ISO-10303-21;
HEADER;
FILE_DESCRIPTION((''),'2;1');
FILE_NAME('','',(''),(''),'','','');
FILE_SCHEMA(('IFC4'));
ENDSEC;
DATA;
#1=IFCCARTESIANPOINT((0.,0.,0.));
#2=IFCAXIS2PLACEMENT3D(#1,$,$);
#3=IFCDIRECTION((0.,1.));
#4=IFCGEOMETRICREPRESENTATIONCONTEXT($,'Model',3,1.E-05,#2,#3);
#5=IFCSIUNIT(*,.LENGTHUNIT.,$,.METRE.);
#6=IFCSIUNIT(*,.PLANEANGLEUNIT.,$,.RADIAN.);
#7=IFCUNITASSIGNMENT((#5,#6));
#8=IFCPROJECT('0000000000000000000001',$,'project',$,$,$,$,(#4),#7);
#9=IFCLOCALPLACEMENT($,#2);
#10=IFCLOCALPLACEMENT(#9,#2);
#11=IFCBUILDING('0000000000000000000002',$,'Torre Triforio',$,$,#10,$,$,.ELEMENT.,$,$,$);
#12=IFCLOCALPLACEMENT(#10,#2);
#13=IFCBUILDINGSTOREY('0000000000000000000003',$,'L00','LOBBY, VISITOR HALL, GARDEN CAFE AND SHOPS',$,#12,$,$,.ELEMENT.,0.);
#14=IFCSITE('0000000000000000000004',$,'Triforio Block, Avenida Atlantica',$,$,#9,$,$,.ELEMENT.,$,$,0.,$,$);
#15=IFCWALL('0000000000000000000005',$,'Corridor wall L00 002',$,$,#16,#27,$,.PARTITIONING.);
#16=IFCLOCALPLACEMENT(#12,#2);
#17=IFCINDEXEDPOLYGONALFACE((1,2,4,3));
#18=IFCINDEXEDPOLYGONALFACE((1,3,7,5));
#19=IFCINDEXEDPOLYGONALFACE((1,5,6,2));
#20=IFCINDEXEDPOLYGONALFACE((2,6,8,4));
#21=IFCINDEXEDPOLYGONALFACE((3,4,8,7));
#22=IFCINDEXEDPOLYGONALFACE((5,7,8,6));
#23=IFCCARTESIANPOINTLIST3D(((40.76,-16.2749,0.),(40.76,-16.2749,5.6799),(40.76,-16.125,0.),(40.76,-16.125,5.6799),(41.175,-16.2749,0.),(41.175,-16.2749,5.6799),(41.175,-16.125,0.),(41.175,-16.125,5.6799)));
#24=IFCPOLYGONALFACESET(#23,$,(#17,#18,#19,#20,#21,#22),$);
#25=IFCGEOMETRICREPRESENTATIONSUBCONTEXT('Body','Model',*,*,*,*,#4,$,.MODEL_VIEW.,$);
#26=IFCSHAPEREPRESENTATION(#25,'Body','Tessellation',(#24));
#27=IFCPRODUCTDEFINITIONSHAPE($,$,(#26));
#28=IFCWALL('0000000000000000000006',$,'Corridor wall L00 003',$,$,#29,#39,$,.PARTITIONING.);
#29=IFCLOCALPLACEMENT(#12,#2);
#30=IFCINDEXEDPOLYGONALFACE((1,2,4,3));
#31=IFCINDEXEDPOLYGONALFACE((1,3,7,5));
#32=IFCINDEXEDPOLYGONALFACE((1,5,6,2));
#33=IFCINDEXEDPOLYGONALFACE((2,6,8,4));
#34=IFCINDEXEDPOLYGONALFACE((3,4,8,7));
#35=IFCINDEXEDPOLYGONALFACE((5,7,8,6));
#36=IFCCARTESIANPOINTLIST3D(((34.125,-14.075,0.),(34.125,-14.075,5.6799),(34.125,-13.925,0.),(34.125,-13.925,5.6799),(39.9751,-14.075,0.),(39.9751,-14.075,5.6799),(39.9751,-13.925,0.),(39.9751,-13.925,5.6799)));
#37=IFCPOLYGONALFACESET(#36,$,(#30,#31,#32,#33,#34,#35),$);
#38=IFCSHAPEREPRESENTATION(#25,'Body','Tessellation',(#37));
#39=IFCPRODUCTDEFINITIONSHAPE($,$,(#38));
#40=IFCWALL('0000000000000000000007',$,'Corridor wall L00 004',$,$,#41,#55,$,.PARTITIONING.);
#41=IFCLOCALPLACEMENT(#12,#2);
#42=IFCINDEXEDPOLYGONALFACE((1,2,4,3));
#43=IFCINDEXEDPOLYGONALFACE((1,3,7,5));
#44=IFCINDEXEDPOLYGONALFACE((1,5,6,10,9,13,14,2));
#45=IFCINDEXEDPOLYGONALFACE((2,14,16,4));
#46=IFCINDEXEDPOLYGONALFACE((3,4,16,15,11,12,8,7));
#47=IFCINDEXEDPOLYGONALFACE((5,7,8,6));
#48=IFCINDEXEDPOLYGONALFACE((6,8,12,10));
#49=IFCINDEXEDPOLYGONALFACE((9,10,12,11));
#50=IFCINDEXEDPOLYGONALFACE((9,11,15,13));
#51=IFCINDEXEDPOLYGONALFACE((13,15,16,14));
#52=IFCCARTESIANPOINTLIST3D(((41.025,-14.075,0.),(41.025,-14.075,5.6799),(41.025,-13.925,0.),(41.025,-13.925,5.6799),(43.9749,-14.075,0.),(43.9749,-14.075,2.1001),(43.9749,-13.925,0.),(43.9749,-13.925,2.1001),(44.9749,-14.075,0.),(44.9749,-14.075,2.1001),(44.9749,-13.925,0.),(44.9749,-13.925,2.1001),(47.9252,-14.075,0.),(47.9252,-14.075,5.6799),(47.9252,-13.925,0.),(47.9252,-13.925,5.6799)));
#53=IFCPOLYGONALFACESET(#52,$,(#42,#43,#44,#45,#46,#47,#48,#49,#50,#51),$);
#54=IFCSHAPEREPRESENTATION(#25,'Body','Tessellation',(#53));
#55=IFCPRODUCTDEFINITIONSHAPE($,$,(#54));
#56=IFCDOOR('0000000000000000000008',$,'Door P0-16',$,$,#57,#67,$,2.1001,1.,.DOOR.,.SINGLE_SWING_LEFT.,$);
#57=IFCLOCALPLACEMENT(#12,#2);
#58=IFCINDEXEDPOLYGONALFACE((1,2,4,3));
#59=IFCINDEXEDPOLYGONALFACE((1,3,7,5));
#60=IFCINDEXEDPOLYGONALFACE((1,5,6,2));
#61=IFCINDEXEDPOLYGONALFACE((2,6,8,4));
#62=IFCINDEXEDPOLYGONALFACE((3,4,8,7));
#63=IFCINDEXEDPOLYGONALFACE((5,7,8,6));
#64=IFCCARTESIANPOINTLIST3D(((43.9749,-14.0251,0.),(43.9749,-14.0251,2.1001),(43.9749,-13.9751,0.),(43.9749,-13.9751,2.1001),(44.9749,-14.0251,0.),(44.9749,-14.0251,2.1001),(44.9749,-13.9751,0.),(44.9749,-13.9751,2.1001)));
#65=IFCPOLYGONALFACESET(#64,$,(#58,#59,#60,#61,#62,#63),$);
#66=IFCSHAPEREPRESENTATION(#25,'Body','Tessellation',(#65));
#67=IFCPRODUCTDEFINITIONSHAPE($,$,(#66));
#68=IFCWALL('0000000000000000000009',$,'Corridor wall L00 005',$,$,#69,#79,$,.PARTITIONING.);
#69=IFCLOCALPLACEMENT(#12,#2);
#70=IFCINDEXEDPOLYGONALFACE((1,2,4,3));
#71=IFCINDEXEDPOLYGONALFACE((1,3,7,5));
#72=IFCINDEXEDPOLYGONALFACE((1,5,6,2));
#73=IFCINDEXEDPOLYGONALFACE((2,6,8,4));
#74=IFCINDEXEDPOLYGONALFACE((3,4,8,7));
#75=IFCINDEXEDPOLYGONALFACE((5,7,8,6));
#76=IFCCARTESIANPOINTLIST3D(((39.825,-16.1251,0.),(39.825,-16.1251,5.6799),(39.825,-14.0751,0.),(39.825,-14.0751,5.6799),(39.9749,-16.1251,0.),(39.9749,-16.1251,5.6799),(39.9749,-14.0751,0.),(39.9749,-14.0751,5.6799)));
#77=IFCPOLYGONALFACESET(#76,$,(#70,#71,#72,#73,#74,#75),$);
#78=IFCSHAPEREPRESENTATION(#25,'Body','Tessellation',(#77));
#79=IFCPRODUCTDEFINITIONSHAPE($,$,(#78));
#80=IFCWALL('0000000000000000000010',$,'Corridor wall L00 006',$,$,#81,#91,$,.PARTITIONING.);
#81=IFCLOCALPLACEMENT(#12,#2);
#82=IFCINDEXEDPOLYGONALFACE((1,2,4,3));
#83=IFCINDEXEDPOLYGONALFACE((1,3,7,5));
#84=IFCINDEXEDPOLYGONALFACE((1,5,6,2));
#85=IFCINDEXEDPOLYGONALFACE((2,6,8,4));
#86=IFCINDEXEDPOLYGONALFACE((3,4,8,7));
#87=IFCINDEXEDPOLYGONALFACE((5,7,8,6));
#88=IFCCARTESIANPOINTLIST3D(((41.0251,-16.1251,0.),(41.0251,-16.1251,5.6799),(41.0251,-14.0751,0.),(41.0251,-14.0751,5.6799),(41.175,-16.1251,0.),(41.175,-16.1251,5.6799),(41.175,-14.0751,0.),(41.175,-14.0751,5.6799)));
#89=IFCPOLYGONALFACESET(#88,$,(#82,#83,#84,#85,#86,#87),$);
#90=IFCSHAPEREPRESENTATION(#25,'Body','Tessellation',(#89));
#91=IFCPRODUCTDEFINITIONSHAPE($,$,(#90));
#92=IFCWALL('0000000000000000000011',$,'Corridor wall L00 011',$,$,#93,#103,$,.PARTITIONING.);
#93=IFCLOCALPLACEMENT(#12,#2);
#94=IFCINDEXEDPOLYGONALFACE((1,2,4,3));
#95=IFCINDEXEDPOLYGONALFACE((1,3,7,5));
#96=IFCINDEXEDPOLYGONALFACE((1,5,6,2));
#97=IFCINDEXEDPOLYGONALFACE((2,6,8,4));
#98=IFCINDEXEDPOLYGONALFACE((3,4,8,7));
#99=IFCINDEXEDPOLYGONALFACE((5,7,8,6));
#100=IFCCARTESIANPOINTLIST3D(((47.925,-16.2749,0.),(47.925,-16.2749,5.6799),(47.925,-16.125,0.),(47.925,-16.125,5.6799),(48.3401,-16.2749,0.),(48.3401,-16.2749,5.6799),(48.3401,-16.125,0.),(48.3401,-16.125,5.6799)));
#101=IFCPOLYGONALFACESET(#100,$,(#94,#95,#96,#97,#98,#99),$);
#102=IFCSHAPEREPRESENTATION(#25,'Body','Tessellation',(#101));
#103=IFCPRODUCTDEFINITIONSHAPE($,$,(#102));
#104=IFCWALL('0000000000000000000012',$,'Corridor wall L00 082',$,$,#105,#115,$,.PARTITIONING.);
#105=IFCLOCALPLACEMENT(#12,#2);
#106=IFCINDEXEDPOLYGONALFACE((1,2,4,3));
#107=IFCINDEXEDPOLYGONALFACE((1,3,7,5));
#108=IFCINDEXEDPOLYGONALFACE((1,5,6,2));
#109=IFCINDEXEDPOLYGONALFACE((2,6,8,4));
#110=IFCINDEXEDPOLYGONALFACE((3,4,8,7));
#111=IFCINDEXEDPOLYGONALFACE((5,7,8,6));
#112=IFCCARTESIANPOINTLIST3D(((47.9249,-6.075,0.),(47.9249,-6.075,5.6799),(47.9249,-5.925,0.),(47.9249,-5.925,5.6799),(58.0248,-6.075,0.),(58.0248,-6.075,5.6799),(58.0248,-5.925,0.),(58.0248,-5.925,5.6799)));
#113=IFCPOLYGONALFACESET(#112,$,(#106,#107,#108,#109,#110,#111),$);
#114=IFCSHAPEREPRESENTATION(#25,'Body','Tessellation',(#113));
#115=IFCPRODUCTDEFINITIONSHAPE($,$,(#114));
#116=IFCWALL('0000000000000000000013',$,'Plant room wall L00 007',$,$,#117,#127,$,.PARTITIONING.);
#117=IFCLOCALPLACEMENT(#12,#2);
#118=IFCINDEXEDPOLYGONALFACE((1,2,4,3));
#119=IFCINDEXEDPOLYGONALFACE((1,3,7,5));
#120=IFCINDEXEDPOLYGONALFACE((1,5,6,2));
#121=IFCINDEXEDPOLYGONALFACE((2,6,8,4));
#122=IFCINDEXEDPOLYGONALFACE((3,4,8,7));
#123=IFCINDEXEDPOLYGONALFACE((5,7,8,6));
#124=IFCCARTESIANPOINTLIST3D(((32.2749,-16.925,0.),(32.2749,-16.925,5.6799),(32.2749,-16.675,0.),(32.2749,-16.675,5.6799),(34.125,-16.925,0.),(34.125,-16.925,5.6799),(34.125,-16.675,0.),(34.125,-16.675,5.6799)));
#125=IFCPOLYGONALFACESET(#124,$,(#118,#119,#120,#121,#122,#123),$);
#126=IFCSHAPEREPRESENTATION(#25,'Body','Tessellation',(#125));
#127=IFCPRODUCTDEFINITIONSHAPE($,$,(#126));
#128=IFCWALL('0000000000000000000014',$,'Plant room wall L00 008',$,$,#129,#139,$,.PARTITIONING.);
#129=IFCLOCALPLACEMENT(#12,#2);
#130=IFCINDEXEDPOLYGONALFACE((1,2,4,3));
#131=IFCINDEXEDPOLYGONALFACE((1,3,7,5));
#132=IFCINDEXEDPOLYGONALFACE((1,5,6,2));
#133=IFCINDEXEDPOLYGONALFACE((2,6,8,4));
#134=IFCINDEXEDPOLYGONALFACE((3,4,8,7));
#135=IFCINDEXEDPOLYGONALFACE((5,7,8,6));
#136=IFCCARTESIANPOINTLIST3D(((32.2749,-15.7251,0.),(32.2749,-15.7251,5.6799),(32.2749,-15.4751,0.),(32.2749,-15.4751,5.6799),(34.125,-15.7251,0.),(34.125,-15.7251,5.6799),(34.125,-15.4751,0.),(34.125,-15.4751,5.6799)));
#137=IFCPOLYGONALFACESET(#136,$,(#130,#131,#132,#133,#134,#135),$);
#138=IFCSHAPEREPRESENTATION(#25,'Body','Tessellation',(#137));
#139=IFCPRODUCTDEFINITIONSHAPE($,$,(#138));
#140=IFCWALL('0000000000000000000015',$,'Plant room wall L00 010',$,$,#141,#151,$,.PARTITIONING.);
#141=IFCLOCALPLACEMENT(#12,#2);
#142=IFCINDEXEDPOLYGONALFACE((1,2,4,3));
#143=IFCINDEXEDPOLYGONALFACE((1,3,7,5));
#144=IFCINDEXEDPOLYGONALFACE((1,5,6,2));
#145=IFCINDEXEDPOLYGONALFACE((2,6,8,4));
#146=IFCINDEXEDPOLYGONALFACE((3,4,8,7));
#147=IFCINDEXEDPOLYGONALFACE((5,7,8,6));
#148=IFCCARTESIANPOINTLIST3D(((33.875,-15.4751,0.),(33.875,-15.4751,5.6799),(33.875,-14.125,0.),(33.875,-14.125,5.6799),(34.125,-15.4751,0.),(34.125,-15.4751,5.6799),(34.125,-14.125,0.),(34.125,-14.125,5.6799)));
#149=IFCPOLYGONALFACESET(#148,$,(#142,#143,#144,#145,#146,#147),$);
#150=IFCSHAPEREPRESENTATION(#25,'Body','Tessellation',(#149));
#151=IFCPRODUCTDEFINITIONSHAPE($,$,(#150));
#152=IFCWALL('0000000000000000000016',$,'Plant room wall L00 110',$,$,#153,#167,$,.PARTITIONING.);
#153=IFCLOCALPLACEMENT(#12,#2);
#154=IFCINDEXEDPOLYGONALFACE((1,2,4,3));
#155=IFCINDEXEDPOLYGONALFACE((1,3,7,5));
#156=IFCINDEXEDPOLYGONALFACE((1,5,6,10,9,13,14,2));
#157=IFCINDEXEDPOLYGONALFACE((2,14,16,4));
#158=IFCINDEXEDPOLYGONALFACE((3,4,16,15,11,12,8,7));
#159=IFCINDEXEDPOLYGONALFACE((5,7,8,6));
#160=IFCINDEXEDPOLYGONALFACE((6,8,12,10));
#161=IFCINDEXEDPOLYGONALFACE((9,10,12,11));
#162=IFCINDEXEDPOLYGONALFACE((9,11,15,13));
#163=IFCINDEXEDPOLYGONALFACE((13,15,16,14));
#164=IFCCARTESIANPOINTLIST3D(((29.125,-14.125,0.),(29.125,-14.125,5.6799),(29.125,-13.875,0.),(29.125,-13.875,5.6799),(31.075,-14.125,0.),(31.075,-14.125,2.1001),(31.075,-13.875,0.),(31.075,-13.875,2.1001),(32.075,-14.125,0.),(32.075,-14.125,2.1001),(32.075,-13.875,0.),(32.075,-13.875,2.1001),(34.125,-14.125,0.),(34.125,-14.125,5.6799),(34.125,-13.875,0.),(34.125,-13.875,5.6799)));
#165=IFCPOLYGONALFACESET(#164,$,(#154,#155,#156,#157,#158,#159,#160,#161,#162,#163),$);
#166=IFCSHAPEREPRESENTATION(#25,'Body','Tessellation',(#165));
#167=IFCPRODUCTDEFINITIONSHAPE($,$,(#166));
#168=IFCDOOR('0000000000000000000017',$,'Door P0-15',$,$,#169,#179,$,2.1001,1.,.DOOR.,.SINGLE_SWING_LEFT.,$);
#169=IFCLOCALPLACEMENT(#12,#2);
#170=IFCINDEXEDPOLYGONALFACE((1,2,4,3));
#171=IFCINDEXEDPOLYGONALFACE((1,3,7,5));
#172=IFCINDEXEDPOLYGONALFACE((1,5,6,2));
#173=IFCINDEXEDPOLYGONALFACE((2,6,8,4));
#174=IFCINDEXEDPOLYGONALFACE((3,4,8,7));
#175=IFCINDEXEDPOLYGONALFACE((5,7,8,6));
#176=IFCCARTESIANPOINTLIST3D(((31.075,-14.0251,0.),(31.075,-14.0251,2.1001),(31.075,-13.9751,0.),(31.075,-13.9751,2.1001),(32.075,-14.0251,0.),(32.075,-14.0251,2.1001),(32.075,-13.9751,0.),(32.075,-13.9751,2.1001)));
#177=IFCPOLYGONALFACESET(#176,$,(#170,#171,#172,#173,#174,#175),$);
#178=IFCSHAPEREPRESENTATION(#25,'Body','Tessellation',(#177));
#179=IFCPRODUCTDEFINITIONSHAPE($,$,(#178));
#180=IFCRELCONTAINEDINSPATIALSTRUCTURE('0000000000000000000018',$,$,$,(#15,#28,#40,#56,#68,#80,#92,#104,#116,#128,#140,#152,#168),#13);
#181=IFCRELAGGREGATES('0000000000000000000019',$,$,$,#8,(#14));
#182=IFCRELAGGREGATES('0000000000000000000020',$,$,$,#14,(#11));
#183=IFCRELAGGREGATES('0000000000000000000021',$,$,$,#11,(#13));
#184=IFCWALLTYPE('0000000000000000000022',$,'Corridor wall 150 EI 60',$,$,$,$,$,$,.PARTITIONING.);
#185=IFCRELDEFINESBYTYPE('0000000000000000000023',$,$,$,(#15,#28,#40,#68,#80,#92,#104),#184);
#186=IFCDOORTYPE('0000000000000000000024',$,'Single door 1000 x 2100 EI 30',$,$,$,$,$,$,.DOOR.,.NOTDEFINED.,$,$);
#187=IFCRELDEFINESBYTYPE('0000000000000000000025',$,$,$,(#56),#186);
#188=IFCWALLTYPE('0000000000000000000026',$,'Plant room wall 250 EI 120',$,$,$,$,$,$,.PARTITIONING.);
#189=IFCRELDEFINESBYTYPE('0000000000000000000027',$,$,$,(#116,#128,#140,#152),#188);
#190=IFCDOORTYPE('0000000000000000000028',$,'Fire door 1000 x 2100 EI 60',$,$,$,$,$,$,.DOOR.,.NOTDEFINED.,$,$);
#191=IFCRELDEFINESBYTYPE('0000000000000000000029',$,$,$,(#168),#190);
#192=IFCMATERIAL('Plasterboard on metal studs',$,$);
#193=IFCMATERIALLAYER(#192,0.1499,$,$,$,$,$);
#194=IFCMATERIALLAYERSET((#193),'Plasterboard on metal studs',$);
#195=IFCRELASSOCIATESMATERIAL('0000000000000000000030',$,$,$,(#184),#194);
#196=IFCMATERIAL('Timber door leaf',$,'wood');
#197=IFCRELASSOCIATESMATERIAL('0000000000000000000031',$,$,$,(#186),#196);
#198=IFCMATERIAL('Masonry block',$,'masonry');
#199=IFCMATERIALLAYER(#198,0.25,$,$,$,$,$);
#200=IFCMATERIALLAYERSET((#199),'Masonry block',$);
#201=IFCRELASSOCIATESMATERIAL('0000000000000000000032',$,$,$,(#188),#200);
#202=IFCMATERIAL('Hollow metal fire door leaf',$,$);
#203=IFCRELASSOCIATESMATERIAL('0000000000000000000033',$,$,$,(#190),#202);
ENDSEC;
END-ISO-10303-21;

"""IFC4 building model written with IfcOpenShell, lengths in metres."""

from ifc_helpers import new_model, si_unit, direction, frame, frame_2d, origin, place, context, subcontext, project, spatial, rectangle, extrude, material, layer, layer_set, type_object, element, fill, save


model = new_model("IFC4")

# Units and contexts
model_context = context("Model", 3, precision=1e-05, world=origin(), true_north=direction((0.0, 1.0)))
body_context = subcontext(model_context, "Body", "Model", "MODEL_VIEW")
ifc_project = project(units=[si_unit("LENGTHUNIT", "METRE"), si_unit("PLANEANGLEUNIT", "RADIAN")], contexts=[model_context])

# Site, building, storey
site_placement = place(None, origin())
site = spatial("IfcSite", under=ifc_project, at=site_placement, Name="Triforio Block, Avenida Atlantica", CompositionType="ELEMENT", RefElevation=0.0)
building_placement = place(site_placement, origin())
building = spatial("IfcBuilding", under=site, at=building_placement, Name="Torre Triforio", CompositionType="ELEMENT")
storey_placement = place(building_placement, origin())
storey = spatial("IfcBuildingStorey", under=building, at=storey_placement, Name="L00", Description="LOBBY, VISITOR HALL, GARDEN CAFE AND SHOPS", CompositionType="ELEMENT", Elevation=0.0)

# Walls
ifc_material_1 = material(Name="Plasterboard on metal studs")
ifc_layer_1 = layer(ifc_material_1, 0.1499)
ifc_layer_set_1 = layer_set([ifc_layer_1], Name="Plasterboard on metal studs")
wall_type_1 = type_object("IfcWallType", Name="Corridor wall 150 EI 60", PredefinedType="PARTITIONING", material=ifc_layer_set_1)
for number, where, z_axis, x_axis, name in (
    (1, (40.76, -16.2, 0.0), (0.0, 0.0, 1.0), (1.0, 0.0, 0.0), "Corridor wall L00 002"),
):
    element("IfcWall", number, at=place(storey_placement, frame(where, z_axis=z_axis, x_axis=x_axis)), inside=storey, type_object=wall_type_1, Name=name, PredefinedType="PARTITIONING", context=body_context, shape_type="SweptSolid", body=[
        extrude(rectangle(XDim=0.415, YDim=0.1499, at=frame_2d((0.2075, 0.0))), origin(), (0.0, 0.0, 1.0), 5.6799),
    ])
wall_1_placement = place(storey_placement, frame((34.125, -14.0, 0.0), z_axis=(0.0, 0.0, 1.0), x_axis=(1.0, 0.0, 0.0)))
element("IfcWall", 2, at=wall_1_placement, inside=storey, type_object=wall_type_1, Name="Corridor wall L00 003", PredefinedType="PARTITIONING", context=body_context, shape_type="SweptSolid", body=[
    extrude(rectangle(XDim=5.8501, YDim=0.1499, at=frame_2d((2.925, 0.0))), origin(), (0.0, 0.0, 1.0), 5.6799),
])

# Wall, opening, door
wall_2_placement = place(storey_placement, frame((41.0249, -14.0, 0.0), z_axis=(0.0, 0.0, 1.0), x_axis=(1.0, 0.0, 0.0)))
wall_2 = element("IfcWall", 3, at=wall_2_placement, inside=storey, type_object=wall_type_1, Name="Corridor wall L00 004", PredefinedType="PARTITIONING", context=body_context, shape_type="SweptSolid", body=[
    extrude(rectangle(XDim=6.9001, YDim=0.1499, at=frame_2d((3.4502, 0.0))), origin(), (0.0, 0.0, 1.0), 5.6799),
])
opening_1_placement = place(wall_2_placement, frame((2.95, 0.0, 0.0)))
opening_1 = element("IfcOpeningElement", 4, at=opening_1_placement, cuts=wall_2, PredefinedType="OPENING", context=body_context, shape_type="SweptSolid", body=[
    extrude(rectangle(XDim=1.0, YDim=2.1001, at=frame_2d((0.5, 1.05))), frame((0.0, 0.085, 0.0), z_axis=(0.0, -1.0, 0.0), x_axis=(1.0, 0.0, 0.0)), (0.0, 0.0, 1.0), 0.1699),
])
ifc_material_2 = material(Name="Timber door leaf", Category="wood")
door_type_1 = type_object("IfcDoorType", Name="Single door 1000 x 2100 EI 30", OperationType="NOTDEFINED", PredefinedType="DOOR", material=ifc_material_2)
door_1_placement = place(opening_1_placement, origin())
door_1 = element("IfcDoor", 5, at=door_1_placement, inside=storey, type_object=door_type_1, Name="Door P0-16", OperationType="SINGLE_SWING_LEFT", OverallHeight=2.1001, OverallWidth=1.0, PredefinedType="DOOR", context=body_context, shape_type="SweptSolid", body=[
    extrude(rectangle(XDim=1.0, YDim=2.1001, at=frame_2d((0.5, 1.05))), frame((0.0, 0.0249, 0.0), z_axis=(0.0, -1.0, 0.0), x_axis=(1.0, 0.0, 0.0)), (0.0, 0.0, 1.0), 0.05),
])
fill(opening_1, door_1)

# Walls
for number, where, z_axis, x_axis, name in (
    (6, (39.8999, -16.125, 0.0), (0.0, 0.0, 1.0), (0.0, 1.0, 0.0), "Corridor wall L00 005"),
    (7, (41.1001, -16.125, 0.0), (0.0, 0.0, 1.0), (0.0, 1.0, 0.0), "Corridor wall L00 006"),
):
    element("IfcWall", number, at=place(storey_placement, frame(where, z_axis=z_axis, x_axis=x_axis)), inside=storey, type_object=wall_type_1, Name=name, PredefinedType="PARTITIONING", context=body_context, shape_type="SweptSolid", body=[
        extrude(rectangle(XDim=2.05, YDim=0.1499, at=frame_2d((1.0249, 0.0))), origin(), (0.0, 0.0, 1.0), 5.6799),
    ])
wall_3_placement = place(storey_placement, frame((47.925, -16.2, 0.0), z_axis=(0.0, 0.0, 1.0), x_axis=(1.0, 0.0, 0.0)))
element("IfcWall", 8, at=wall_3_placement, inside=storey, type_object=wall_type_1, Name="Corridor wall L00 011", PredefinedType="PARTITIONING", context=body_context, shape_type="SweptSolid", body=[
    extrude(rectangle(XDim=0.415, YDim=0.1499, at=frame_2d((0.2075, 0.0))), origin(), (0.0, 0.0, 1.0), 5.6799),
])
wall_4_placement = place(storey_placement, frame((47.925, -6.0, 0.0), z_axis=(0.0, 0.0, 1.0), x_axis=(1.0, 0.0, 0.0)))
element("IfcWall", 9, at=wall_4_placement, inside=storey, type_object=wall_type_1, Name="Corridor wall L00 082", PredefinedType="PARTITIONING", context=body_context, shape_type="SweptSolid", body=[
    extrude(rectangle(XDim=10.0999, YDim=0.1499, at=frame_2d((5.0498, 0.0))), origin(), (0.0, 0.0, 1.0), 5.6799),
])
ifc_material_3 = material(Name="Masonry block", Category="masonry")
ifc_layer_2 = layer(ifc_material_3, 0.25)
ifc_layer_set_2 = layer_set([ifc_layer_2], Name="Masonry block")
wall_type_2 = type_object("IfcWallType", Name="Plant room wall 250 EI 120", PredefinedType="PARTITIONING", material=ifc_layer_set_2)
for number, where, z_axis, x_axis, name in (
    (10, (32.2749, -16.8, 0.0), (0.0, 0.0, 1.0), (1.0, 0.0, 0.0), "Plant room wall L00 007"),
    (11, (32.2749, -15.6001, 0.0), (0.0, 0.0, 1.0), (1.0, 0.0, 0.0), "Plant room wall L00 008"),
):
    element("IfcWall", number, at=place(storey_placement, frame(where, z_axis=z_axis, x_axis=x_axis)), inside=storey, type_object=wall_type_2, Name=name, PredefinedType="PARTITIONING", context=body_context, shape_type="SweptSolid", body=[
        extrude(rectangle(XDim=1.8501, YDim=0.25, at=frame_2d((0.925, 0.0))), origin(), (0.0, 0.0, 1.0), 5.6799),
    ])
wall_5_placement = place(storey_placement, frame((34.0, -15.4751, 0.0), z_axis=(0.0, 0.0, 1.0), x_axis=(0.0, 1.0, 0.0)))
element("IfcWall", 12, at=wall_5_placement, inside=storey, type_object=wall_type_2, Name="Plant room wall L00 010", PredefinedType="PARTITIONING", context=body_context, shape_type="SweptSolid", body=[
    extrude(rectangle(XDim=1.3501, YDim=0.25, at=frame_2d((0.675, 0.0))), origin(), (0.0, 0.0, 1.0), 5.6799),
])

# Wall, opening, door
wall_6_placement = place(storey_placement, frame((29.125, -14.0, 0.0), z_axis=(0.0, 0.0, 1.0), x_axis=(1.0, 0.0, 0.0)))
wall_6 = element("IfcWall", 13, at=wall_6_placement, inside=storey, type_object=wall_type_2, Name="Plant room wall L00 110", PredefinedType="PARTITIONING", context=body_context, shape_type="SweptSolid", body=[
    extrude(rectangle(XDim=5.0, YDim=0.25, at=frame_2d((2.5, 0.0))), origin(), (0.0, 0.0, 1.0), 5.6799),
])
opening_2_placement = place(wall_6_placement, frame((1.95, 0.0, 0.0)))
opening_2 = element("IfcOpeningElement", 14, at=opening_2_placement, cuts=wall_6, PredefinedType="OPENING", context=body_context, shape_type="SweptSolid", body=[
    extrude(rectangle(XDim=1.0, YDim=2.1001, at=frame_2d((0.5, 1.05))), frame((0.0, 0.135, 0.0), z_axis=(0.0, -1.0, 0.0), x_axis=(1.0, 0.0, 0.0)), (0.0, 0.0, 1.0), 0.27),
])
ifc_material_4 = material(Name="Hollow metal fire door leaf")
door_type_2 = type_object("IfcDoorType", Name="Fire door 1000 x 2100 EI 60", OperationType="NOTDEFINED", PredefinedType="DOOR", material=ifc_material_4)
door_2_placement = place(opening_2_placement, origin())
door_2 = element("IfcDoor", 15, at=door_2_placement, inside=storey, type_object=door_type_2, Name="Door P0-15", OperationType="SINGLE_SWING_LEFT", OverallHeight=2.1001, OverallWidth=1.0, PredefinedType="DOOR", context=body_context, shape_type="SweptSolid", body=[
    extrude(rectangle(XDim=1.0, YDim=2.1001, at=frame_2d((0.5, 1.05))), frame((0.0, 0.0249, 0.0), z_axis=(0.0, -1.0, 0.0), x_axis=(1.0, 0.0, 0.0)), (0.0, 0.0, 1.0), 0.05),
])
fill(opening_2, door_2)

save(model, "model.ifc")
